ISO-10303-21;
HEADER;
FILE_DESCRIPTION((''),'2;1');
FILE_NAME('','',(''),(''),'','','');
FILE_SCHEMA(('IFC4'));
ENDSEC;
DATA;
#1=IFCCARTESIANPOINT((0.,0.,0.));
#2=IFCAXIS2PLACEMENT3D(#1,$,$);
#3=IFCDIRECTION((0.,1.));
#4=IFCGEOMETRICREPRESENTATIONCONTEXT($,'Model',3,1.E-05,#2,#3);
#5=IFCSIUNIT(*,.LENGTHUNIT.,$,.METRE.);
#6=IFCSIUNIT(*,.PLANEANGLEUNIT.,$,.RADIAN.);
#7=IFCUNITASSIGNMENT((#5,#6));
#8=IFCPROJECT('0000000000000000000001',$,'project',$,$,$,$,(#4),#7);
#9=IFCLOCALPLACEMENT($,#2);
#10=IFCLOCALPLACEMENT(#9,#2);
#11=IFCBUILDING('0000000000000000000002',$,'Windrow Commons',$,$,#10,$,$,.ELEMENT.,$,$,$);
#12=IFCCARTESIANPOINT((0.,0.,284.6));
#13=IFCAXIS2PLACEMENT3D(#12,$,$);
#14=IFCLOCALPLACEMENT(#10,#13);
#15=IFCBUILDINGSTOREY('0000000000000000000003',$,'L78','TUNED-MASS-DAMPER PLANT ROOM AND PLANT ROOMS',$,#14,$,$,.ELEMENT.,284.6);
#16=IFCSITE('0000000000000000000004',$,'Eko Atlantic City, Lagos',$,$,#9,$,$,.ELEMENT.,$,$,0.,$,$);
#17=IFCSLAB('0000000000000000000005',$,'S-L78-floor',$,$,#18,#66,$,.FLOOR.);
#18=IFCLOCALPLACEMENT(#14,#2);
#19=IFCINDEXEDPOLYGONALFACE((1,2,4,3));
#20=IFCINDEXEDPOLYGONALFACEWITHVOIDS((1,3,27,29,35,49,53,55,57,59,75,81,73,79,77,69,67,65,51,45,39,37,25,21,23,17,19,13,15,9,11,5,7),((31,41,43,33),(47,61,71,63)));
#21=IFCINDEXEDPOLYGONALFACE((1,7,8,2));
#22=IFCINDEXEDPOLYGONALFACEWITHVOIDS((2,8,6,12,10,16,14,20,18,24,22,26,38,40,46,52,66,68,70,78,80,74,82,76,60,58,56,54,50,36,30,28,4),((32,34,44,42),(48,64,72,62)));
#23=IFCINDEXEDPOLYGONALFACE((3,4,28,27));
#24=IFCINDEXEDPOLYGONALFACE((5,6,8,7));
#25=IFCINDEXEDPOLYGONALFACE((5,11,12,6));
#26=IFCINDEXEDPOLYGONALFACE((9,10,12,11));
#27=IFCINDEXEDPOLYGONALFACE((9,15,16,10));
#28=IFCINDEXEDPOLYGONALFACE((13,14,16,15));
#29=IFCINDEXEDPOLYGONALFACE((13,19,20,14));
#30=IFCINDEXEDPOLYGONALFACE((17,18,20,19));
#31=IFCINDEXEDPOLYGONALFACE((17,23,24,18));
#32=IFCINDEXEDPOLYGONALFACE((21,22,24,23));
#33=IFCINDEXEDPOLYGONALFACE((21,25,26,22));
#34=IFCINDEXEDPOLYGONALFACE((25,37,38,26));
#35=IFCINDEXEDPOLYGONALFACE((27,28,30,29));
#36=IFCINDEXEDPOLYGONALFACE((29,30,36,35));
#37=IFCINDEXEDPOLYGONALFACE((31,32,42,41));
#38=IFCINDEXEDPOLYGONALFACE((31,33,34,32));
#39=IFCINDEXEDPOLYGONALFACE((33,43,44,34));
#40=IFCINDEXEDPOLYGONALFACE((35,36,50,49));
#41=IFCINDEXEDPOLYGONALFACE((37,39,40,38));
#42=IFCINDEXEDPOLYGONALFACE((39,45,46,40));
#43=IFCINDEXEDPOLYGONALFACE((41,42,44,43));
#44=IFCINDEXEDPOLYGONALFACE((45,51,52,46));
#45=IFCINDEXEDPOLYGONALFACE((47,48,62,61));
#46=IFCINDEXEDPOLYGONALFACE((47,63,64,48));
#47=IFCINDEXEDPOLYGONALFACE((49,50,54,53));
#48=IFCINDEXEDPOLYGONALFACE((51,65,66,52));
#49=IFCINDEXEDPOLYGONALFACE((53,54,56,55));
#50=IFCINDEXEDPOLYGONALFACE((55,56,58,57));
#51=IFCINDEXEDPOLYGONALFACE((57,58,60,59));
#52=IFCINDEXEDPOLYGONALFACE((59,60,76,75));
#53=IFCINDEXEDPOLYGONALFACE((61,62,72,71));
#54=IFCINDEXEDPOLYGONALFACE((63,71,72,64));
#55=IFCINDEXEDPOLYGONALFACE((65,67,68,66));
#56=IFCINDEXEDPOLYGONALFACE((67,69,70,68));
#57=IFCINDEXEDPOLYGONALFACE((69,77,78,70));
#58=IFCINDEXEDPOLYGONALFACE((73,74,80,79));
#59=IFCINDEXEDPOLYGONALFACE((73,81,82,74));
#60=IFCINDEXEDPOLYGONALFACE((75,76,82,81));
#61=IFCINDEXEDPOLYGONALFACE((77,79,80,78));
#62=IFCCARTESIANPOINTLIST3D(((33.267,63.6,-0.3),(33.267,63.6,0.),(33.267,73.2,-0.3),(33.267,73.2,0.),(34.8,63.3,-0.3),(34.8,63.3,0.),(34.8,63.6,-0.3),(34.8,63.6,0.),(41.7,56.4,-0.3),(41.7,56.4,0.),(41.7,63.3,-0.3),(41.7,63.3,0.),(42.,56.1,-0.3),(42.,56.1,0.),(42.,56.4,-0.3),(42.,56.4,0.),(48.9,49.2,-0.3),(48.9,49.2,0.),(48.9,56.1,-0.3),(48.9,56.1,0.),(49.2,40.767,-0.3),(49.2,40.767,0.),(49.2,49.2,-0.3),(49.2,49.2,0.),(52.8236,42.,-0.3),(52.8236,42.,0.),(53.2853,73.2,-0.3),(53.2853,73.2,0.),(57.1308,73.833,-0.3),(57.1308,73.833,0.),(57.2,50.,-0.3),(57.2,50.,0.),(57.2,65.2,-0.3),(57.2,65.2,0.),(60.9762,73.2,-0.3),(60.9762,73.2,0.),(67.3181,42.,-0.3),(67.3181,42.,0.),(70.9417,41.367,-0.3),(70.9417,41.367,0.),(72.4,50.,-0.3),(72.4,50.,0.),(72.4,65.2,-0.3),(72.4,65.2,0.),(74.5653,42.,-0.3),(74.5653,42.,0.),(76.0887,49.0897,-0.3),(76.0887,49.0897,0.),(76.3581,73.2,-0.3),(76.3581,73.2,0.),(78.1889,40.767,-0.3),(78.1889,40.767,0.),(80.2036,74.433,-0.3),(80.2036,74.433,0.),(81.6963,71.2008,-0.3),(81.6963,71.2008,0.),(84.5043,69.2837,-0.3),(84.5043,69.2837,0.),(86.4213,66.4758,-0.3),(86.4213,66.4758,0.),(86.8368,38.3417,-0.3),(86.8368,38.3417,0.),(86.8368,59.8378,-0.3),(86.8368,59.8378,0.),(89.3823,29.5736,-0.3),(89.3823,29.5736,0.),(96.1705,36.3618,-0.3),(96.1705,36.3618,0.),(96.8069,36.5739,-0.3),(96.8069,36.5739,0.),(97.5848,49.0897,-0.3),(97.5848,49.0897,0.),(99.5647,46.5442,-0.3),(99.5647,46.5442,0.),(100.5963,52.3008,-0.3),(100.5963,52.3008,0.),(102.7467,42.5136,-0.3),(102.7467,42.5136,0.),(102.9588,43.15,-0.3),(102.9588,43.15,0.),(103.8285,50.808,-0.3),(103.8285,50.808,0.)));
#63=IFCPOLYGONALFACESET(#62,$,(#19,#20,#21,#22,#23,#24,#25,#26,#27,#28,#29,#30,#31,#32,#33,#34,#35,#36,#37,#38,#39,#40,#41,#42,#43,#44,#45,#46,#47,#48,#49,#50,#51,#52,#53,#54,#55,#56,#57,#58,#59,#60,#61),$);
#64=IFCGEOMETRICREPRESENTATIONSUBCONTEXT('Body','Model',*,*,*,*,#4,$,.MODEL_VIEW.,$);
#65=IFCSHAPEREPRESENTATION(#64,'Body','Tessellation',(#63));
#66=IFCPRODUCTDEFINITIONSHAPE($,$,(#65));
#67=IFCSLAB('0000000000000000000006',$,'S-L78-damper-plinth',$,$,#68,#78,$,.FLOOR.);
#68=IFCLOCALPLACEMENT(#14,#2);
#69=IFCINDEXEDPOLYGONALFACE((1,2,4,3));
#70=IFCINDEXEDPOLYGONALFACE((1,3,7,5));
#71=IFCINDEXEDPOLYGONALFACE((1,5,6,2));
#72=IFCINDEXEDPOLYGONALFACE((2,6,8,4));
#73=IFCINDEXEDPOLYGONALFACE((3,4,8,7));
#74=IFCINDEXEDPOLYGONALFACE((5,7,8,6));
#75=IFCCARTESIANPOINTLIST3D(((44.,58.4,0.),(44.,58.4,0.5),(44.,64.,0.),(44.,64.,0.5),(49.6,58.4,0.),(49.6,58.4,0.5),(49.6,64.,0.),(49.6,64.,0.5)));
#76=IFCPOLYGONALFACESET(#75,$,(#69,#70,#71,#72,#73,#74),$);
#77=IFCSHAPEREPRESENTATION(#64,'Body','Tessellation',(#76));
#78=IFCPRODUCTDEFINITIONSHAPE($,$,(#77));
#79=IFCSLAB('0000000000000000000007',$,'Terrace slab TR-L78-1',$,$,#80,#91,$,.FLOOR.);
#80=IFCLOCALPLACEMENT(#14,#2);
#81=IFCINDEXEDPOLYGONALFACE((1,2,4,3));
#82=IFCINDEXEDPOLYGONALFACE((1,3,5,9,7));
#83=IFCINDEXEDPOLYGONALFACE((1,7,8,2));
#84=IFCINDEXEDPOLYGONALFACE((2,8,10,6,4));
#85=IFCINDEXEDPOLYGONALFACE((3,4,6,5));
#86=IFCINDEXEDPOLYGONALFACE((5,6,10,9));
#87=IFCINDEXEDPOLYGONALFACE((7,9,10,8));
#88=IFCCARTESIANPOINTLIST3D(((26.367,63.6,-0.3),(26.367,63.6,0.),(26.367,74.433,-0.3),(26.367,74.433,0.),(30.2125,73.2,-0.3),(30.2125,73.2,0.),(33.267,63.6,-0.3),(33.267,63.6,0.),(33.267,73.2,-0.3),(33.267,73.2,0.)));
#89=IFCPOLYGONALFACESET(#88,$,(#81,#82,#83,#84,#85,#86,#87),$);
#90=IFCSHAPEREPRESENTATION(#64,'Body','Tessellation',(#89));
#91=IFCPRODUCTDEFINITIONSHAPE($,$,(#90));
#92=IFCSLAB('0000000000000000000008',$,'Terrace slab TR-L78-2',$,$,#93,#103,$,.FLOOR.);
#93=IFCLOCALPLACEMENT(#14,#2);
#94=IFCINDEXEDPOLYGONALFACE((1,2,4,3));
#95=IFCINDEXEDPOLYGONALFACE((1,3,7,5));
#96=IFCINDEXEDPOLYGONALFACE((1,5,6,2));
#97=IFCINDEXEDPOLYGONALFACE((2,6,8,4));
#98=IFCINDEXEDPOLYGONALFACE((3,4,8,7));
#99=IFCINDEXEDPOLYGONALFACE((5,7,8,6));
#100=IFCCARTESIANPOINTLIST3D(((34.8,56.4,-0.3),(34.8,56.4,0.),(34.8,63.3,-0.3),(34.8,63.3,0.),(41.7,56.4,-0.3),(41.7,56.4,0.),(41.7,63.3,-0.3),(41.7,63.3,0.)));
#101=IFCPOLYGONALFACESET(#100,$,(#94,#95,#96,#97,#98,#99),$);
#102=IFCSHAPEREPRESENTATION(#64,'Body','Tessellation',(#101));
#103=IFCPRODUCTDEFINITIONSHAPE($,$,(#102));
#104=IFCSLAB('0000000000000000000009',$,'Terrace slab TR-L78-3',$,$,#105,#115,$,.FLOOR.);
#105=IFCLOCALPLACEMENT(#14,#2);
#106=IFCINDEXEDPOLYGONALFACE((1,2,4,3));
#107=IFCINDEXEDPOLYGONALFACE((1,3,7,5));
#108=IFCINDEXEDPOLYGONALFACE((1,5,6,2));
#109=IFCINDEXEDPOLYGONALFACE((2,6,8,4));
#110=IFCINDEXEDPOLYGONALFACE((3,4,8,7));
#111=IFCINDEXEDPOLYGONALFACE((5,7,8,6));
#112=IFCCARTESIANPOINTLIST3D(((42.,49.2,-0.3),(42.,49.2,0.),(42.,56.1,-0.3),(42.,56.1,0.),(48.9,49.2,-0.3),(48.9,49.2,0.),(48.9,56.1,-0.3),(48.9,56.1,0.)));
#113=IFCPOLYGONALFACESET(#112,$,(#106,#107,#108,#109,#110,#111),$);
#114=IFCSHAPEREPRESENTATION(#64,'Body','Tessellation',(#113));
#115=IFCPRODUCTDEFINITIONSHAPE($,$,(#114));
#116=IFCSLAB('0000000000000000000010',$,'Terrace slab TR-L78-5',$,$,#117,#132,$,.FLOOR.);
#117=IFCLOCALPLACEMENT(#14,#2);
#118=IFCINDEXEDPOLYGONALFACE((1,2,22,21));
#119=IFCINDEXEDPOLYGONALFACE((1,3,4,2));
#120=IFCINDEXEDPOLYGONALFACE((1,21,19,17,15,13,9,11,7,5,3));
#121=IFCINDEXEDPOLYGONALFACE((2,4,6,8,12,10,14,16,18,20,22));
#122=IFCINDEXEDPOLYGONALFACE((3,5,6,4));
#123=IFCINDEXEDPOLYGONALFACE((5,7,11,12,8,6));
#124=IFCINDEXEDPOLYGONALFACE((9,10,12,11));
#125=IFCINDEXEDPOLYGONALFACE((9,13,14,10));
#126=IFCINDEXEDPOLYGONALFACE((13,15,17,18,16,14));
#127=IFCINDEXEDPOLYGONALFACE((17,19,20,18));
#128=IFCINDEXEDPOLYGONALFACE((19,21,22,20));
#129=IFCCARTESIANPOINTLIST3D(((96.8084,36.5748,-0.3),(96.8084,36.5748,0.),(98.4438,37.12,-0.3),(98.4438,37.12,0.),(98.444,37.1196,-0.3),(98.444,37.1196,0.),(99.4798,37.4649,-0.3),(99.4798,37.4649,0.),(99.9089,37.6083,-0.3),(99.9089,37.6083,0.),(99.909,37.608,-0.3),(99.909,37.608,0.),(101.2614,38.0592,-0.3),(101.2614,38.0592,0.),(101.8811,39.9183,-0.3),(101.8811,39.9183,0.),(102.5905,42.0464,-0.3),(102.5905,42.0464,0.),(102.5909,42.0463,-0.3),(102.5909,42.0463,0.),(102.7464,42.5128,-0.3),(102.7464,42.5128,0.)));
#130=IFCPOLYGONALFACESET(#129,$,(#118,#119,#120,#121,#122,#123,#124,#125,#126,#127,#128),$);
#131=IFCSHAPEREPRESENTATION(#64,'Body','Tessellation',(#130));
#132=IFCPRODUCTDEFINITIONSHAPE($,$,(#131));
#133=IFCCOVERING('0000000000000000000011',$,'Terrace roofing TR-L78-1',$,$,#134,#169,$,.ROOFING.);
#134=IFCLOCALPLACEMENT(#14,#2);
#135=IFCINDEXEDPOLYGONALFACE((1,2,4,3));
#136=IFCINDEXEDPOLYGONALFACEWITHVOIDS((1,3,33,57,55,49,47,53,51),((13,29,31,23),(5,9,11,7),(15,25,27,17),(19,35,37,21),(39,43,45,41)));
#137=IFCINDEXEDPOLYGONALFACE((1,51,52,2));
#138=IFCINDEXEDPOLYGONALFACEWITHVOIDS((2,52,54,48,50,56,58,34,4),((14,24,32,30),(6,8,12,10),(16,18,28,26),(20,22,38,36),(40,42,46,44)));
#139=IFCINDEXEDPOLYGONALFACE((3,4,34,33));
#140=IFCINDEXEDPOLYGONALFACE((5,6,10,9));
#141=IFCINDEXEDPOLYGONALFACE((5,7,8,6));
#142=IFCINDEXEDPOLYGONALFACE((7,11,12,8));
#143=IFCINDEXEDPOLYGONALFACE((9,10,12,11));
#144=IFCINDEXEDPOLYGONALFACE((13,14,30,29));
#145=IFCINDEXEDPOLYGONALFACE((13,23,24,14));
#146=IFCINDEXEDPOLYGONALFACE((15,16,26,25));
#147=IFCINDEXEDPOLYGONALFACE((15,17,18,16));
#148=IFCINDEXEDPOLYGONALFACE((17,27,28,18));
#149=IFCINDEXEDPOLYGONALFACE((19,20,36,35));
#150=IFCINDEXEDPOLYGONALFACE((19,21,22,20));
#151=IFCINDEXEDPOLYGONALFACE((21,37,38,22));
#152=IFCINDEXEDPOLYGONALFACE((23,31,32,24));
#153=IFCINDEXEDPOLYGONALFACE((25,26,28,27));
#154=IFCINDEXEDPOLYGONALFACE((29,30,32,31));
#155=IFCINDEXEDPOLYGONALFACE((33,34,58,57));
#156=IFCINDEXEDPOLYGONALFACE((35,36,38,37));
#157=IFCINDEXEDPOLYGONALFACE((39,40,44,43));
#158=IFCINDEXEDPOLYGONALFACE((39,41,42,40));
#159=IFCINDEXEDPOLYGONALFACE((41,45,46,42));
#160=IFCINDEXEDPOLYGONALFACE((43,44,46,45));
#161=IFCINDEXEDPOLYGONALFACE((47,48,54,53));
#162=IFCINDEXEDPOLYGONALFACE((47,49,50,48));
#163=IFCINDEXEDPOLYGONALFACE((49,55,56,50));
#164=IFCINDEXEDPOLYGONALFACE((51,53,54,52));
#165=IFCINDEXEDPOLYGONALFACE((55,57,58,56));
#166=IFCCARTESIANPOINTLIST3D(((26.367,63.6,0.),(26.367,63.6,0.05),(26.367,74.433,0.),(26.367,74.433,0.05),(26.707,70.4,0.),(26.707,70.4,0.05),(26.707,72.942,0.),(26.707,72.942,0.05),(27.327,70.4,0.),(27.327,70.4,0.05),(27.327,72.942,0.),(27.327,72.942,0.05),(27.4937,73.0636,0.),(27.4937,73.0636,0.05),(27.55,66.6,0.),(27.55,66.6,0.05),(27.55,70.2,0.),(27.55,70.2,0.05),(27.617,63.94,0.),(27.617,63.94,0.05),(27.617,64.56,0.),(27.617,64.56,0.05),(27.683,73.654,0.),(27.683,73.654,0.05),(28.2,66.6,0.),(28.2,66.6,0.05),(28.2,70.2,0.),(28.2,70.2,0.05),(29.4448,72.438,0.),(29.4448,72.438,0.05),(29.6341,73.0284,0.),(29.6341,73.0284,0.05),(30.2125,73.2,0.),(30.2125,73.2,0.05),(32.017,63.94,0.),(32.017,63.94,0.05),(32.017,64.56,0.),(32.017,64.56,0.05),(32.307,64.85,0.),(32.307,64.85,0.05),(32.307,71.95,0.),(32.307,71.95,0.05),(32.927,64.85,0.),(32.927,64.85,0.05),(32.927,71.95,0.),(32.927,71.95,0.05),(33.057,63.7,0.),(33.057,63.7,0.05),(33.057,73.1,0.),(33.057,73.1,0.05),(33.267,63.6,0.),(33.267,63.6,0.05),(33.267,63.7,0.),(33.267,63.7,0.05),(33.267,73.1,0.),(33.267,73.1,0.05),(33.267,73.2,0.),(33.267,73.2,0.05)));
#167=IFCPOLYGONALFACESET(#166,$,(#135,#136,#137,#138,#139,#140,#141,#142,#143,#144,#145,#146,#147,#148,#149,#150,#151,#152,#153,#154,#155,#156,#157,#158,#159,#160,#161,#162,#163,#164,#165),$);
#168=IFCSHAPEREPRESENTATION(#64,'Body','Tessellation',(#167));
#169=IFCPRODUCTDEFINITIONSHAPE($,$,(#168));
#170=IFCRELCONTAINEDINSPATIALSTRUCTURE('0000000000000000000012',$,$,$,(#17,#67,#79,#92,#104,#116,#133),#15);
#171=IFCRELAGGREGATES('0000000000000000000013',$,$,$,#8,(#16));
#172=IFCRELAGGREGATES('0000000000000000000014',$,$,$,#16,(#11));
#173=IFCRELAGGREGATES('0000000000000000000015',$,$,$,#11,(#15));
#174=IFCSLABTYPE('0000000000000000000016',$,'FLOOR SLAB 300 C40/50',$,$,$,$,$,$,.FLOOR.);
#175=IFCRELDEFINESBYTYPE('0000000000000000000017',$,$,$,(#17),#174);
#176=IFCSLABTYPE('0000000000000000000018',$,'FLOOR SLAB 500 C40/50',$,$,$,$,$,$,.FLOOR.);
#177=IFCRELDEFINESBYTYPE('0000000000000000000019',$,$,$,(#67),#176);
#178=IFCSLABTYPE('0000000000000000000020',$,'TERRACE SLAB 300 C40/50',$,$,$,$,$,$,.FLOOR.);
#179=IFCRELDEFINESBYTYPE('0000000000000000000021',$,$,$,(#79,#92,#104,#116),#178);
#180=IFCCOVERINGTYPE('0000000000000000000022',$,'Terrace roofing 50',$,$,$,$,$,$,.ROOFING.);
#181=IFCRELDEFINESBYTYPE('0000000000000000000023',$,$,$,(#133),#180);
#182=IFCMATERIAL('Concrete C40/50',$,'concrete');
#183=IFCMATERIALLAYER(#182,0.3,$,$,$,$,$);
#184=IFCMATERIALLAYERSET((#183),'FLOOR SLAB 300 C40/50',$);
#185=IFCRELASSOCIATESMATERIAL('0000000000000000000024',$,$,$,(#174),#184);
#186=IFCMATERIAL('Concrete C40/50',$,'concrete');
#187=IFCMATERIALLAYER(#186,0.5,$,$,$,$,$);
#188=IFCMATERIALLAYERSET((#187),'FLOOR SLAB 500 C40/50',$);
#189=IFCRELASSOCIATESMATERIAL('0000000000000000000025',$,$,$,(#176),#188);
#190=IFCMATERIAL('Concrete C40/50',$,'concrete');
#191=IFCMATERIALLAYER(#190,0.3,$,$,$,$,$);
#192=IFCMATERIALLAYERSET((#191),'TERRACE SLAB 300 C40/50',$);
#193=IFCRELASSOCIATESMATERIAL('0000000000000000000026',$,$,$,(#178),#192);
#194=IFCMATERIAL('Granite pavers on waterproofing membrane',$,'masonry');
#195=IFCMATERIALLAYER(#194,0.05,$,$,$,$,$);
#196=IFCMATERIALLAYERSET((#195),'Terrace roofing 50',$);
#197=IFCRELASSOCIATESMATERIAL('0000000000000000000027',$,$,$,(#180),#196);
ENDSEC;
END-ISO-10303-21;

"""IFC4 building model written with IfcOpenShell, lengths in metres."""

from ifc_helpers import new_model, si_unit, direction, frame, origin, place, context, subcontext, project, spatial, polyline, outline, extrude, material, layer, layer_set, type_object, element, save


model = new_model("IFC4")

# Units and contexts
model_context = context("Model", 3, precision=1e-05, world=origin(), true_north=direction((0.0, 1.0)))
body_context = subcontext(model_context, "Body", "Model", "MODEL_VIEW")
ifc_project = project(units=[si_unit("LENGTHUNIT", "METRE"), si_unit("PLANEANGLEUNIT", "RADIAN")], contexts=[model_context])

# Site, building, storey
site_placement = place(None, origin())
site = spatial("IfcSite", under=ifc_project, at=site_placement, Name="Eko Atlantic City, Lagos", CompositionType="ELEMENT", RefElevation=0.0)
building_placement = place(site_placement, origin())
building = spatial("IfcBuilding", under=site, at=building_placement, Name="Windrow Commons", CompositionType="ELEMENT")
storey_placement = place(building_placement, frame((0.0, 0.0, 284.6)))
storey = spatial("IfcBuildingStorey", under=building, at=storey_placement, Name="L78", Description="TUNED-MASS-DAMPER PLANT ROOM AND PLANT ROOMS", CompositionType="ELEMENT", Elevation=284.6)

# Shared definitions
placement_1 = place(storey_placement, origin())

# Shared definitions
placement_2 = place(storey_placement, frame((0.0, 0.0, -0.3)))

# Slab, openings
ifc_material_1 = material(Name="Concrete C40/50", Category="concrete")
ifc_layer_1 = layer(ifc_material_1, 0.3)
ifc_layer_set_1 = layer_set([ifc_layer_1], Name="FLOOR SLAB 300 C40/50")
slab_type_1 = type_object("IfcSlabType", Name="FLOOR SLAB 300 C40/50", PredefinedType="FLOOR", material=ifc_layer_set_1)
slab_1 = element("IfcSlab", 1, at=placement_2, inside=storey, type_object=slab_type_1, Name="S-L78-floor", PredefinedType="FLOOR", context=body_context, shape_type="SweptSolid", body=[
    extrude(outline(polyline([(48.9, 56.1), (48.9, 49.2), (49.2, 49.2), (49.2, 40.767), (52.8236, 42.0), (67.3181, 42.0), (70.9417, 41.367), (74.5653, 42.0), (78.1889, 40.767), (89.3823, 29.5736), (96.1705, 36.3618), (96.8069, 36.5739), (102.7467, 42.5136), (102.9588, 43.15), (99.5647, 46.5442), (103.8285, 50.808), (100.5963, 52.3008), (91.1463, 61.7508), (86.4213, 66.4758), (84.5043, 69.2837), (81.6963, 71.2008), (80.2036, 74.433), (76.3581, 73.2), (60.9762, 73.2), (57.1308, 73.833), (53.2853, 73.2), (33.267, 73.2), (33.267, 63.6), (34.8, 63.6), (34.8, 63.3), (41.7, 63.3), (41.7, 56.4), (42.0, 56.4), (42.0, 56.1), (48.9, 56.1)]), holes=[polyline([(76.0887, 49.0897), (86.8368, 59.8378), (97.5848, 49.0897), (86.8368, 38.3417), (76.0887, 49.0897)]), polyline([(57.2, 50.0), (57.2, 65.2), (72.4, 65.2), (72.4, 50.0), (57.2, 50.0)])]), origin(), (0.0, 0.0, 1.0), 0.3),
])
opening_1_placement = place(placement_2, origin())
element("IfcOpeningElement", 2, at=opening_1_placement, cuts=slab_1, PredefinedType="OPENING", context=body_context, shape_type="SweptSolid", body=[
    extrude(outline(polyline([(76.0958, 49.0897), (86.8368, 59.8307), (97.5777, 49.0897), (86.8368, 38.3488), (76.0958, 49.0897)])), origin(), (0.0, 0.0, 1.0), 0.3),
])
opening_2_placement = place(placement_2, origin())
element("IfcOpeningElement", 3, at=opening_2_placement, cuts=slab_1, PredefinedType="OPENING", context=body_context, shape_type="SweptSolid", body=[
    extrude(outline(polyline([(57.205, 50.005), (57.205, 65.195), (72.395, 65.195), (72.395, 50.005), (57.205, 50.005)])), origin(), (0.0, 0.0, 1.0), 0.3),
])

# Slabs
ifc_material_2 = material(Name="Concrete C40/50", Category="concrete")
ifc_layer_2 = layer(ifc_material_2, 0.5)
ifc_layer_set_2 = layer_set([ifc_layer_2], Name="FLOOR SLAB 500 C40/50")
slab_type_2 = type_object("IfcSlabType", Name="FLOOR SLAB 500 C40/50", PredefinedType="FLOOR", material=ifc_layer_set_2)
element("IfcSlab", 4, at=placement_1, inside=storey, type_object=slab_type_2, Name="S-L78-damper-plinth", PredefinedType="FLOOR", context=body_context, shape_type="SweptSolid", body=[
    extrude(outline(polyline([(44.0, 58.4), (49.6, 58.4), (49.6, 64.0), (44.0, 64.0), (44.0, 58.4)])), origin(), (0.0, 0.0, 1.0), 0.5),
])
ifc_material_3 = material(Name="Concrete C40/50", Category="concrete")
ifc_layer_3 = layer(ifc_material_3, 0.3)
ifc_layer_set_3 = layer_set([ifc_layer_3], Name="TERRACE SLAB 300 C40/50")
slab_type_3 = type_object("IfcSlabType", Name="TERRACE SLAB 300 C40/50", PredefinedType="FLOOR", material=ifc_layer_set_3)
element("IfcSlab", 5, at=placement_2, inside=storey, type_object=slab_type_3, Name="Terrace slab TR-L78-1", PredefinedType="FLOOR", context=body_context, shape_type="SweptSolid", body=[
    extrude(outline(polyline([(33.267, 73.2), (30.2125, 73.2), (26.367, 74.433), (26.367, 63.6), (33.267, 63.6), (33.267, 73.2)])), origin(), (0.0, 0.0, 1.0), 0.3),
])
element("IfcSlab", 6, at=placement_2, inside=storey, type_object=slab_type_3, Name="Terrace slab TR-L78-2", PredefinedType="FLOOR", context=body_context, shape_type="SweptSolid", body=[
    extrude(outline(polyline([(34.8, 63.3), (34.8, 56.4), (41.7, 56.4), (41.7, 63.3), (34.8, 63.3)])), origin(), (0.0, 0.0, 1.0), 0.3),
])
element("IfcSlab", 7, at=placement_2, inside=storey, type_object=slab_type_3, Name="Terrace slab TR-L78-3", PredefinedType="FLOOR", context=body_context, shape_type="SweptSolid", body=[
    extrude(outline(polyline([(42.0, 56.1), (42.0, 49.2), (48.9, 49.2), (48.9, 56.1), (42.0, 56.1)])), origin(), (0.0, 0.0, 1.0), 0.3),
])
element("IfcSlab", 8, at=placement_2, inside=storey, type_object=slab_type_3, Name="Terrace slab TR-L78-5", PredefinedType="FLOOR", context=body_context, shape_type="SweptSolid", body=[
    extrude(outline(polyline([(98.444, 37.1196), (99.4798, 37.4649), (99.909, 37.608), (99.9089, 37.6083), (101.2614, 38.0592), (101.8811, 39.9183), (102.5905, 42.0464), (102.5909, 42.0463), (102.7464, 42.5128), (96.8084, 36.5748), (98.4438, 37.12), (98.444, 37.1196)])), origin(), (0.0, 0.0, 1.0), 0.3),
])

# Covering
ifc_material_4 = material(Name="Granite pavers on waterproofing membrane", Category="masonry")
ifc_layer_4 = layer(ifc_material_4, 0.05)
ifc_layer_set_4 = layer_set([ifc_layer_4], Name="Terrace roofing 50")
covering_type = type_object("IfcCoveringType", Name="Terrace roofing 50", PredefinedType="ROOFING", material=ifc_layer_set_4)
element("IfcCovering", 9, at=placement_1, inside=storey, type_object=covering_type, Name="Terrace roofing TR-L78-1", PredefinedType="ROOFING", context=body_context, shape_type="SweptSolid", body=[
    extrude(outline(polyline([(33.267, 63.6), (26.367, 63.6), (26.367, 74.433), (30.2125, 73.2), (33.267, 73.2), (33.267, 73.1), (33.057, 73.1), (33.057, 63.7), (33.267, 63.7), (33.267, 63.6)]), holes=[polyline([(27.617, 63.94), (32.017, 63.94), (32.017, 64.56), (27.617, 64.56), (27.617, 63.94)]), polyline([(28.2, 66.6), (28.2, 70.2), (27.55, 70.2), (27.55, 66.6), (28.2, 66.6)]), polyline([(32.927, 64.85), (32.927, 71.95), (32.307, 71.95), (32.307, 64.85), (32.927, 64.85)]), polyline([(27.327, 72.942), (26.707, 72.942), (26.707, 70.4), (27.327, 70.4), (27.327, 72.942)]), polyline([(29.4448, 72.438), (29.6341, 73.0284), (27.683, 73.654), (27.4937, 73.0636), (29.4448, 72.438)])]), origin(), (0.0, 0.0, 1.0), 0.05),
])

save(model, "model.ifc")
